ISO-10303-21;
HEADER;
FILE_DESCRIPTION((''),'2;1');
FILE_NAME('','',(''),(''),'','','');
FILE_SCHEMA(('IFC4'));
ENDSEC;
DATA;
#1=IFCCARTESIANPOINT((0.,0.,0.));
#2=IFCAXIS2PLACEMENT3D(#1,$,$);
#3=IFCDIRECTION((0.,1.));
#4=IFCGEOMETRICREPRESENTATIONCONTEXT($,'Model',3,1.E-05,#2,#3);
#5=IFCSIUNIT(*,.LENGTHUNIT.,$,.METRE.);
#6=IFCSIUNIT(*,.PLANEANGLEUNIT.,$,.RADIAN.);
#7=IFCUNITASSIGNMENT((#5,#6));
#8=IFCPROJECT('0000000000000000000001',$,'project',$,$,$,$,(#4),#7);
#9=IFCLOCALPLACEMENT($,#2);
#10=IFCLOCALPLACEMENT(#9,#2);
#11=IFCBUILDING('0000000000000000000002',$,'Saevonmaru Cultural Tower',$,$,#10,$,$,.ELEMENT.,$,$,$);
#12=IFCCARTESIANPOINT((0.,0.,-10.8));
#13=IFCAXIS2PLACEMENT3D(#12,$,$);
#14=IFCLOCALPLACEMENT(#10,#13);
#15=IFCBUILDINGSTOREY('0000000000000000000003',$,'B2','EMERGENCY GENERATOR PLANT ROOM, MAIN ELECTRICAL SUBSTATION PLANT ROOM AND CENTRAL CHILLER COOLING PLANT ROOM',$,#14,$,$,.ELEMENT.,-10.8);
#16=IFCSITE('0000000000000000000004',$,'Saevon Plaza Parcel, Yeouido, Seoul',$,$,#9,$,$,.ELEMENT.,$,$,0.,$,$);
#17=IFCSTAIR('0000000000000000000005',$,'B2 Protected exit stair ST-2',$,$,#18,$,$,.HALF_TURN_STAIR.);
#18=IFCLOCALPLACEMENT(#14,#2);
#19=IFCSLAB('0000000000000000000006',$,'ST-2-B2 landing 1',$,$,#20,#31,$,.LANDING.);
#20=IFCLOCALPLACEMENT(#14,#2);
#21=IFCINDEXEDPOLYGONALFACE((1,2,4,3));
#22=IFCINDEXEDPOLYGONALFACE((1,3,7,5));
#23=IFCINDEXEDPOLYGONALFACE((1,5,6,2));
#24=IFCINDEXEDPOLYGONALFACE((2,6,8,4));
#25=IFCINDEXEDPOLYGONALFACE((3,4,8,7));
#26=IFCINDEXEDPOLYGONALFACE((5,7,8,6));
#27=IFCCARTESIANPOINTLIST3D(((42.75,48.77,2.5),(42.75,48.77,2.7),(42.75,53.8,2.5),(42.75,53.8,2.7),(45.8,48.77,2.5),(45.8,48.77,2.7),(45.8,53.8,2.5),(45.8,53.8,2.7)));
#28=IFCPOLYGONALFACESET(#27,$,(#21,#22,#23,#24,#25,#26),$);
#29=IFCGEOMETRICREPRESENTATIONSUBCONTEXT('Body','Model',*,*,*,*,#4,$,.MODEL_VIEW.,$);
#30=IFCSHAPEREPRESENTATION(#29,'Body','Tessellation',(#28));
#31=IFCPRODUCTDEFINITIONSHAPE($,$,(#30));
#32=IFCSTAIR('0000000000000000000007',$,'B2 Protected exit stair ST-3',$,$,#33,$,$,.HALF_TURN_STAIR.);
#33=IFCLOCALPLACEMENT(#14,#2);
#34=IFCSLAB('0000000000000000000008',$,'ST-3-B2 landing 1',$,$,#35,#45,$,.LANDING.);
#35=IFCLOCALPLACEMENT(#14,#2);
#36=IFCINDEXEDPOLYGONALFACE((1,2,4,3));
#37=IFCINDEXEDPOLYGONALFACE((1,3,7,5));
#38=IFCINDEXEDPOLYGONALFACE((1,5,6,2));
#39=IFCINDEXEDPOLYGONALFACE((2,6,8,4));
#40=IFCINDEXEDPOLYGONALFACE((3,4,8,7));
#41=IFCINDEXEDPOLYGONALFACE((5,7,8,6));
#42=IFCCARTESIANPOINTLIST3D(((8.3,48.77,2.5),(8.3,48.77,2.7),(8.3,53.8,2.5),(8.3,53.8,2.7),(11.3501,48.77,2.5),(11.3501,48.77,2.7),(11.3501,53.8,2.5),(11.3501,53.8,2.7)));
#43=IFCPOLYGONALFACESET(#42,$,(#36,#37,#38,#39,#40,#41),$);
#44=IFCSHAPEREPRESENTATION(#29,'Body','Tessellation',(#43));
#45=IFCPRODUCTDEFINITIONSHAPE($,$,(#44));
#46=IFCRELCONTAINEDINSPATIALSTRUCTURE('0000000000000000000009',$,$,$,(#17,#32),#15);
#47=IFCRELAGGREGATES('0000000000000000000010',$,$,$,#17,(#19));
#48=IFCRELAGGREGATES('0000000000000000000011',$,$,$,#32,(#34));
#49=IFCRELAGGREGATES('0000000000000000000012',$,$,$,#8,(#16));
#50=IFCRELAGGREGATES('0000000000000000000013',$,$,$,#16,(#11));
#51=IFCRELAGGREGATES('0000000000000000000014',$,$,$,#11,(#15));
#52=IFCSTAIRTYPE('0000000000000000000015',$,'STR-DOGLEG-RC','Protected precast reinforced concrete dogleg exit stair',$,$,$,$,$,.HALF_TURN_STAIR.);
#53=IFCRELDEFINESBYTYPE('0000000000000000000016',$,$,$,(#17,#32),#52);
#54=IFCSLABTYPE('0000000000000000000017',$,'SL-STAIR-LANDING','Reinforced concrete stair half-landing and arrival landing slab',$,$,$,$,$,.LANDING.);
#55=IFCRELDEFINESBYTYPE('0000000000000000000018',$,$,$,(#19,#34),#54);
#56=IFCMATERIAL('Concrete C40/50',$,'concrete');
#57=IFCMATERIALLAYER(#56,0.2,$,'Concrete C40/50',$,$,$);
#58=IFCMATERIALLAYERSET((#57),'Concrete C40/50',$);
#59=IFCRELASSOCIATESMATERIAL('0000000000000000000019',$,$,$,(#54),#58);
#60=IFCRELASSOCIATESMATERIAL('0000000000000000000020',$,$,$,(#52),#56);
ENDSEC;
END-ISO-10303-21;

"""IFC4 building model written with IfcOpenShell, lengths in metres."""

from ifc_helpers import new_model, si_unit, direction, frame, origin, place, context, subcontext, project, spatial, polyline, outline, extrude, material, layer, layer_set, type_object, element, aggregate, save


model = new_model("IFC4")

# Units and contexts
model_context = context("Model", 3, precision=1e-05, world=origin(), true_north=direction((0.0, 1.0)))
body_context = subcontext(model_context, "Body", "Model", "MODEL_VIEW")
ifc_project = project(units=[si_unit("LENGTHUNIT", "METRE"), si_unit("PLANEANGLEUNIT", "RADIAN")], contexts=[model_context])

# Site, building, storey
site_placement = place(None, origin())
site = spatial("IfcSite", under=ifc_project, at=site_placement, Name="Saevon Plaza Parcel, Yeouido, Seoul", CompositionType="ELEMENT", RefElevation=0.0)
building_placement = place(site_placement, origin())
building = spatial("IfcBuilding", under=site, at=building_placement, Name="Saevonmaru Cultural Tower", CompositionType="ELEMENT")
storey_placement = place(building_placement, frame((0.0, 0.0, -10.8)))
storey = spatial("IfcBuildingStorey", under=building, at=storey_placement, Name="B2", Description="EMERGENCY GENERATOR PLANT ROOM, MAIN ELECTRICAL SUBSTATION PLANT ROOM AND CENTRAL CHILLER COOLING PLANT ROOM", CompositionType="ELEMENT", Elevation=-10.8)

# Shared definitions
ifc_material_1 = material(Name="Concrete C40/50", Category="concrete")

# Stairs, slabs
ifc_layer_1 = layer(ifc_material_1, 0.2, Name="Concrete C40/50")
ifc_layer_set_1 = layer_set([ifc_layer_1], Name="Concrete C40/50")
slab_type_1 = type_object("IfcSlabType", Name="SL-STAIR-LANDING", Description="Reinforced concrete stair half-landing and arrival landing slab", PredefinedType="LANDING", material=ifc_layer_set_1)
stair_type_1 = type_object("IfcStairType", Name="STR-DOGLEG-RC", Description="Protected precast reinforced concrete dogleg exit stair", PredefinedType="HALF_TURN_STAIR", material=ifc_material_1)
stair_1_placement = place(storey_placement, origin())
stair_1 = element("IfcStair", 1, at=stair_1_placement, inside=storey, type_object=stair_type_1, Name="B2 Protected exit stair ST-2", PredefinedType="HALF_TURN_STAIR")
slab_1_placement = place(storey_placement, frame((0.0, 0.0, 2.5)))
slab_1 = element("IfcSlab", 2, at=slab_1_placement, type_object=slab_type_1, Name="ST-2-B2 landing 1", PredefinedType="LANDING", context=body_context, shape_type="SweptSolid", body=[
    extrude(outline(polyline([(45.8, 48.77), (45.8, 53.8), (42.75, 53.8), (42.75, 48.77), (45.8, 48.77)])), origin(), (0.0, 0.0, 1.0), 0.2),
])
aggregate(stair_1, [slab_1])
stair_2_placement = place(storey_placement, origin())
stair_2 = element("IfcStair", 3, at=stair_2_placement, inside=storey, type_object=stair_type_1, Name="B2 Protected exit stair ST-3", PredefinedType="HALF_TURN_STAIR")
slab_2_placement = place(storey_placement, frame((0.0, 0.0, 2.5)))
slab_2 = element("IfcSlab", 4, at=slab_2_placement, type_object=slab_type_1, Name="ST-3-B2 landing 1", PredefinedType="LANDING", context=body_context, shape_type="SweptSolid", body=[
    extrude(outline(polyline([(11.3501, 48.77), (11.3501, 53.8), (8.3, 53.8), (8.3, 48.77), (11.3501, 48.77)])), origin(), (0.0, 0.0, 1.0), 0.2),
])
aggregate(stair_2, [slab_2])

save(model, "model.ifc")
